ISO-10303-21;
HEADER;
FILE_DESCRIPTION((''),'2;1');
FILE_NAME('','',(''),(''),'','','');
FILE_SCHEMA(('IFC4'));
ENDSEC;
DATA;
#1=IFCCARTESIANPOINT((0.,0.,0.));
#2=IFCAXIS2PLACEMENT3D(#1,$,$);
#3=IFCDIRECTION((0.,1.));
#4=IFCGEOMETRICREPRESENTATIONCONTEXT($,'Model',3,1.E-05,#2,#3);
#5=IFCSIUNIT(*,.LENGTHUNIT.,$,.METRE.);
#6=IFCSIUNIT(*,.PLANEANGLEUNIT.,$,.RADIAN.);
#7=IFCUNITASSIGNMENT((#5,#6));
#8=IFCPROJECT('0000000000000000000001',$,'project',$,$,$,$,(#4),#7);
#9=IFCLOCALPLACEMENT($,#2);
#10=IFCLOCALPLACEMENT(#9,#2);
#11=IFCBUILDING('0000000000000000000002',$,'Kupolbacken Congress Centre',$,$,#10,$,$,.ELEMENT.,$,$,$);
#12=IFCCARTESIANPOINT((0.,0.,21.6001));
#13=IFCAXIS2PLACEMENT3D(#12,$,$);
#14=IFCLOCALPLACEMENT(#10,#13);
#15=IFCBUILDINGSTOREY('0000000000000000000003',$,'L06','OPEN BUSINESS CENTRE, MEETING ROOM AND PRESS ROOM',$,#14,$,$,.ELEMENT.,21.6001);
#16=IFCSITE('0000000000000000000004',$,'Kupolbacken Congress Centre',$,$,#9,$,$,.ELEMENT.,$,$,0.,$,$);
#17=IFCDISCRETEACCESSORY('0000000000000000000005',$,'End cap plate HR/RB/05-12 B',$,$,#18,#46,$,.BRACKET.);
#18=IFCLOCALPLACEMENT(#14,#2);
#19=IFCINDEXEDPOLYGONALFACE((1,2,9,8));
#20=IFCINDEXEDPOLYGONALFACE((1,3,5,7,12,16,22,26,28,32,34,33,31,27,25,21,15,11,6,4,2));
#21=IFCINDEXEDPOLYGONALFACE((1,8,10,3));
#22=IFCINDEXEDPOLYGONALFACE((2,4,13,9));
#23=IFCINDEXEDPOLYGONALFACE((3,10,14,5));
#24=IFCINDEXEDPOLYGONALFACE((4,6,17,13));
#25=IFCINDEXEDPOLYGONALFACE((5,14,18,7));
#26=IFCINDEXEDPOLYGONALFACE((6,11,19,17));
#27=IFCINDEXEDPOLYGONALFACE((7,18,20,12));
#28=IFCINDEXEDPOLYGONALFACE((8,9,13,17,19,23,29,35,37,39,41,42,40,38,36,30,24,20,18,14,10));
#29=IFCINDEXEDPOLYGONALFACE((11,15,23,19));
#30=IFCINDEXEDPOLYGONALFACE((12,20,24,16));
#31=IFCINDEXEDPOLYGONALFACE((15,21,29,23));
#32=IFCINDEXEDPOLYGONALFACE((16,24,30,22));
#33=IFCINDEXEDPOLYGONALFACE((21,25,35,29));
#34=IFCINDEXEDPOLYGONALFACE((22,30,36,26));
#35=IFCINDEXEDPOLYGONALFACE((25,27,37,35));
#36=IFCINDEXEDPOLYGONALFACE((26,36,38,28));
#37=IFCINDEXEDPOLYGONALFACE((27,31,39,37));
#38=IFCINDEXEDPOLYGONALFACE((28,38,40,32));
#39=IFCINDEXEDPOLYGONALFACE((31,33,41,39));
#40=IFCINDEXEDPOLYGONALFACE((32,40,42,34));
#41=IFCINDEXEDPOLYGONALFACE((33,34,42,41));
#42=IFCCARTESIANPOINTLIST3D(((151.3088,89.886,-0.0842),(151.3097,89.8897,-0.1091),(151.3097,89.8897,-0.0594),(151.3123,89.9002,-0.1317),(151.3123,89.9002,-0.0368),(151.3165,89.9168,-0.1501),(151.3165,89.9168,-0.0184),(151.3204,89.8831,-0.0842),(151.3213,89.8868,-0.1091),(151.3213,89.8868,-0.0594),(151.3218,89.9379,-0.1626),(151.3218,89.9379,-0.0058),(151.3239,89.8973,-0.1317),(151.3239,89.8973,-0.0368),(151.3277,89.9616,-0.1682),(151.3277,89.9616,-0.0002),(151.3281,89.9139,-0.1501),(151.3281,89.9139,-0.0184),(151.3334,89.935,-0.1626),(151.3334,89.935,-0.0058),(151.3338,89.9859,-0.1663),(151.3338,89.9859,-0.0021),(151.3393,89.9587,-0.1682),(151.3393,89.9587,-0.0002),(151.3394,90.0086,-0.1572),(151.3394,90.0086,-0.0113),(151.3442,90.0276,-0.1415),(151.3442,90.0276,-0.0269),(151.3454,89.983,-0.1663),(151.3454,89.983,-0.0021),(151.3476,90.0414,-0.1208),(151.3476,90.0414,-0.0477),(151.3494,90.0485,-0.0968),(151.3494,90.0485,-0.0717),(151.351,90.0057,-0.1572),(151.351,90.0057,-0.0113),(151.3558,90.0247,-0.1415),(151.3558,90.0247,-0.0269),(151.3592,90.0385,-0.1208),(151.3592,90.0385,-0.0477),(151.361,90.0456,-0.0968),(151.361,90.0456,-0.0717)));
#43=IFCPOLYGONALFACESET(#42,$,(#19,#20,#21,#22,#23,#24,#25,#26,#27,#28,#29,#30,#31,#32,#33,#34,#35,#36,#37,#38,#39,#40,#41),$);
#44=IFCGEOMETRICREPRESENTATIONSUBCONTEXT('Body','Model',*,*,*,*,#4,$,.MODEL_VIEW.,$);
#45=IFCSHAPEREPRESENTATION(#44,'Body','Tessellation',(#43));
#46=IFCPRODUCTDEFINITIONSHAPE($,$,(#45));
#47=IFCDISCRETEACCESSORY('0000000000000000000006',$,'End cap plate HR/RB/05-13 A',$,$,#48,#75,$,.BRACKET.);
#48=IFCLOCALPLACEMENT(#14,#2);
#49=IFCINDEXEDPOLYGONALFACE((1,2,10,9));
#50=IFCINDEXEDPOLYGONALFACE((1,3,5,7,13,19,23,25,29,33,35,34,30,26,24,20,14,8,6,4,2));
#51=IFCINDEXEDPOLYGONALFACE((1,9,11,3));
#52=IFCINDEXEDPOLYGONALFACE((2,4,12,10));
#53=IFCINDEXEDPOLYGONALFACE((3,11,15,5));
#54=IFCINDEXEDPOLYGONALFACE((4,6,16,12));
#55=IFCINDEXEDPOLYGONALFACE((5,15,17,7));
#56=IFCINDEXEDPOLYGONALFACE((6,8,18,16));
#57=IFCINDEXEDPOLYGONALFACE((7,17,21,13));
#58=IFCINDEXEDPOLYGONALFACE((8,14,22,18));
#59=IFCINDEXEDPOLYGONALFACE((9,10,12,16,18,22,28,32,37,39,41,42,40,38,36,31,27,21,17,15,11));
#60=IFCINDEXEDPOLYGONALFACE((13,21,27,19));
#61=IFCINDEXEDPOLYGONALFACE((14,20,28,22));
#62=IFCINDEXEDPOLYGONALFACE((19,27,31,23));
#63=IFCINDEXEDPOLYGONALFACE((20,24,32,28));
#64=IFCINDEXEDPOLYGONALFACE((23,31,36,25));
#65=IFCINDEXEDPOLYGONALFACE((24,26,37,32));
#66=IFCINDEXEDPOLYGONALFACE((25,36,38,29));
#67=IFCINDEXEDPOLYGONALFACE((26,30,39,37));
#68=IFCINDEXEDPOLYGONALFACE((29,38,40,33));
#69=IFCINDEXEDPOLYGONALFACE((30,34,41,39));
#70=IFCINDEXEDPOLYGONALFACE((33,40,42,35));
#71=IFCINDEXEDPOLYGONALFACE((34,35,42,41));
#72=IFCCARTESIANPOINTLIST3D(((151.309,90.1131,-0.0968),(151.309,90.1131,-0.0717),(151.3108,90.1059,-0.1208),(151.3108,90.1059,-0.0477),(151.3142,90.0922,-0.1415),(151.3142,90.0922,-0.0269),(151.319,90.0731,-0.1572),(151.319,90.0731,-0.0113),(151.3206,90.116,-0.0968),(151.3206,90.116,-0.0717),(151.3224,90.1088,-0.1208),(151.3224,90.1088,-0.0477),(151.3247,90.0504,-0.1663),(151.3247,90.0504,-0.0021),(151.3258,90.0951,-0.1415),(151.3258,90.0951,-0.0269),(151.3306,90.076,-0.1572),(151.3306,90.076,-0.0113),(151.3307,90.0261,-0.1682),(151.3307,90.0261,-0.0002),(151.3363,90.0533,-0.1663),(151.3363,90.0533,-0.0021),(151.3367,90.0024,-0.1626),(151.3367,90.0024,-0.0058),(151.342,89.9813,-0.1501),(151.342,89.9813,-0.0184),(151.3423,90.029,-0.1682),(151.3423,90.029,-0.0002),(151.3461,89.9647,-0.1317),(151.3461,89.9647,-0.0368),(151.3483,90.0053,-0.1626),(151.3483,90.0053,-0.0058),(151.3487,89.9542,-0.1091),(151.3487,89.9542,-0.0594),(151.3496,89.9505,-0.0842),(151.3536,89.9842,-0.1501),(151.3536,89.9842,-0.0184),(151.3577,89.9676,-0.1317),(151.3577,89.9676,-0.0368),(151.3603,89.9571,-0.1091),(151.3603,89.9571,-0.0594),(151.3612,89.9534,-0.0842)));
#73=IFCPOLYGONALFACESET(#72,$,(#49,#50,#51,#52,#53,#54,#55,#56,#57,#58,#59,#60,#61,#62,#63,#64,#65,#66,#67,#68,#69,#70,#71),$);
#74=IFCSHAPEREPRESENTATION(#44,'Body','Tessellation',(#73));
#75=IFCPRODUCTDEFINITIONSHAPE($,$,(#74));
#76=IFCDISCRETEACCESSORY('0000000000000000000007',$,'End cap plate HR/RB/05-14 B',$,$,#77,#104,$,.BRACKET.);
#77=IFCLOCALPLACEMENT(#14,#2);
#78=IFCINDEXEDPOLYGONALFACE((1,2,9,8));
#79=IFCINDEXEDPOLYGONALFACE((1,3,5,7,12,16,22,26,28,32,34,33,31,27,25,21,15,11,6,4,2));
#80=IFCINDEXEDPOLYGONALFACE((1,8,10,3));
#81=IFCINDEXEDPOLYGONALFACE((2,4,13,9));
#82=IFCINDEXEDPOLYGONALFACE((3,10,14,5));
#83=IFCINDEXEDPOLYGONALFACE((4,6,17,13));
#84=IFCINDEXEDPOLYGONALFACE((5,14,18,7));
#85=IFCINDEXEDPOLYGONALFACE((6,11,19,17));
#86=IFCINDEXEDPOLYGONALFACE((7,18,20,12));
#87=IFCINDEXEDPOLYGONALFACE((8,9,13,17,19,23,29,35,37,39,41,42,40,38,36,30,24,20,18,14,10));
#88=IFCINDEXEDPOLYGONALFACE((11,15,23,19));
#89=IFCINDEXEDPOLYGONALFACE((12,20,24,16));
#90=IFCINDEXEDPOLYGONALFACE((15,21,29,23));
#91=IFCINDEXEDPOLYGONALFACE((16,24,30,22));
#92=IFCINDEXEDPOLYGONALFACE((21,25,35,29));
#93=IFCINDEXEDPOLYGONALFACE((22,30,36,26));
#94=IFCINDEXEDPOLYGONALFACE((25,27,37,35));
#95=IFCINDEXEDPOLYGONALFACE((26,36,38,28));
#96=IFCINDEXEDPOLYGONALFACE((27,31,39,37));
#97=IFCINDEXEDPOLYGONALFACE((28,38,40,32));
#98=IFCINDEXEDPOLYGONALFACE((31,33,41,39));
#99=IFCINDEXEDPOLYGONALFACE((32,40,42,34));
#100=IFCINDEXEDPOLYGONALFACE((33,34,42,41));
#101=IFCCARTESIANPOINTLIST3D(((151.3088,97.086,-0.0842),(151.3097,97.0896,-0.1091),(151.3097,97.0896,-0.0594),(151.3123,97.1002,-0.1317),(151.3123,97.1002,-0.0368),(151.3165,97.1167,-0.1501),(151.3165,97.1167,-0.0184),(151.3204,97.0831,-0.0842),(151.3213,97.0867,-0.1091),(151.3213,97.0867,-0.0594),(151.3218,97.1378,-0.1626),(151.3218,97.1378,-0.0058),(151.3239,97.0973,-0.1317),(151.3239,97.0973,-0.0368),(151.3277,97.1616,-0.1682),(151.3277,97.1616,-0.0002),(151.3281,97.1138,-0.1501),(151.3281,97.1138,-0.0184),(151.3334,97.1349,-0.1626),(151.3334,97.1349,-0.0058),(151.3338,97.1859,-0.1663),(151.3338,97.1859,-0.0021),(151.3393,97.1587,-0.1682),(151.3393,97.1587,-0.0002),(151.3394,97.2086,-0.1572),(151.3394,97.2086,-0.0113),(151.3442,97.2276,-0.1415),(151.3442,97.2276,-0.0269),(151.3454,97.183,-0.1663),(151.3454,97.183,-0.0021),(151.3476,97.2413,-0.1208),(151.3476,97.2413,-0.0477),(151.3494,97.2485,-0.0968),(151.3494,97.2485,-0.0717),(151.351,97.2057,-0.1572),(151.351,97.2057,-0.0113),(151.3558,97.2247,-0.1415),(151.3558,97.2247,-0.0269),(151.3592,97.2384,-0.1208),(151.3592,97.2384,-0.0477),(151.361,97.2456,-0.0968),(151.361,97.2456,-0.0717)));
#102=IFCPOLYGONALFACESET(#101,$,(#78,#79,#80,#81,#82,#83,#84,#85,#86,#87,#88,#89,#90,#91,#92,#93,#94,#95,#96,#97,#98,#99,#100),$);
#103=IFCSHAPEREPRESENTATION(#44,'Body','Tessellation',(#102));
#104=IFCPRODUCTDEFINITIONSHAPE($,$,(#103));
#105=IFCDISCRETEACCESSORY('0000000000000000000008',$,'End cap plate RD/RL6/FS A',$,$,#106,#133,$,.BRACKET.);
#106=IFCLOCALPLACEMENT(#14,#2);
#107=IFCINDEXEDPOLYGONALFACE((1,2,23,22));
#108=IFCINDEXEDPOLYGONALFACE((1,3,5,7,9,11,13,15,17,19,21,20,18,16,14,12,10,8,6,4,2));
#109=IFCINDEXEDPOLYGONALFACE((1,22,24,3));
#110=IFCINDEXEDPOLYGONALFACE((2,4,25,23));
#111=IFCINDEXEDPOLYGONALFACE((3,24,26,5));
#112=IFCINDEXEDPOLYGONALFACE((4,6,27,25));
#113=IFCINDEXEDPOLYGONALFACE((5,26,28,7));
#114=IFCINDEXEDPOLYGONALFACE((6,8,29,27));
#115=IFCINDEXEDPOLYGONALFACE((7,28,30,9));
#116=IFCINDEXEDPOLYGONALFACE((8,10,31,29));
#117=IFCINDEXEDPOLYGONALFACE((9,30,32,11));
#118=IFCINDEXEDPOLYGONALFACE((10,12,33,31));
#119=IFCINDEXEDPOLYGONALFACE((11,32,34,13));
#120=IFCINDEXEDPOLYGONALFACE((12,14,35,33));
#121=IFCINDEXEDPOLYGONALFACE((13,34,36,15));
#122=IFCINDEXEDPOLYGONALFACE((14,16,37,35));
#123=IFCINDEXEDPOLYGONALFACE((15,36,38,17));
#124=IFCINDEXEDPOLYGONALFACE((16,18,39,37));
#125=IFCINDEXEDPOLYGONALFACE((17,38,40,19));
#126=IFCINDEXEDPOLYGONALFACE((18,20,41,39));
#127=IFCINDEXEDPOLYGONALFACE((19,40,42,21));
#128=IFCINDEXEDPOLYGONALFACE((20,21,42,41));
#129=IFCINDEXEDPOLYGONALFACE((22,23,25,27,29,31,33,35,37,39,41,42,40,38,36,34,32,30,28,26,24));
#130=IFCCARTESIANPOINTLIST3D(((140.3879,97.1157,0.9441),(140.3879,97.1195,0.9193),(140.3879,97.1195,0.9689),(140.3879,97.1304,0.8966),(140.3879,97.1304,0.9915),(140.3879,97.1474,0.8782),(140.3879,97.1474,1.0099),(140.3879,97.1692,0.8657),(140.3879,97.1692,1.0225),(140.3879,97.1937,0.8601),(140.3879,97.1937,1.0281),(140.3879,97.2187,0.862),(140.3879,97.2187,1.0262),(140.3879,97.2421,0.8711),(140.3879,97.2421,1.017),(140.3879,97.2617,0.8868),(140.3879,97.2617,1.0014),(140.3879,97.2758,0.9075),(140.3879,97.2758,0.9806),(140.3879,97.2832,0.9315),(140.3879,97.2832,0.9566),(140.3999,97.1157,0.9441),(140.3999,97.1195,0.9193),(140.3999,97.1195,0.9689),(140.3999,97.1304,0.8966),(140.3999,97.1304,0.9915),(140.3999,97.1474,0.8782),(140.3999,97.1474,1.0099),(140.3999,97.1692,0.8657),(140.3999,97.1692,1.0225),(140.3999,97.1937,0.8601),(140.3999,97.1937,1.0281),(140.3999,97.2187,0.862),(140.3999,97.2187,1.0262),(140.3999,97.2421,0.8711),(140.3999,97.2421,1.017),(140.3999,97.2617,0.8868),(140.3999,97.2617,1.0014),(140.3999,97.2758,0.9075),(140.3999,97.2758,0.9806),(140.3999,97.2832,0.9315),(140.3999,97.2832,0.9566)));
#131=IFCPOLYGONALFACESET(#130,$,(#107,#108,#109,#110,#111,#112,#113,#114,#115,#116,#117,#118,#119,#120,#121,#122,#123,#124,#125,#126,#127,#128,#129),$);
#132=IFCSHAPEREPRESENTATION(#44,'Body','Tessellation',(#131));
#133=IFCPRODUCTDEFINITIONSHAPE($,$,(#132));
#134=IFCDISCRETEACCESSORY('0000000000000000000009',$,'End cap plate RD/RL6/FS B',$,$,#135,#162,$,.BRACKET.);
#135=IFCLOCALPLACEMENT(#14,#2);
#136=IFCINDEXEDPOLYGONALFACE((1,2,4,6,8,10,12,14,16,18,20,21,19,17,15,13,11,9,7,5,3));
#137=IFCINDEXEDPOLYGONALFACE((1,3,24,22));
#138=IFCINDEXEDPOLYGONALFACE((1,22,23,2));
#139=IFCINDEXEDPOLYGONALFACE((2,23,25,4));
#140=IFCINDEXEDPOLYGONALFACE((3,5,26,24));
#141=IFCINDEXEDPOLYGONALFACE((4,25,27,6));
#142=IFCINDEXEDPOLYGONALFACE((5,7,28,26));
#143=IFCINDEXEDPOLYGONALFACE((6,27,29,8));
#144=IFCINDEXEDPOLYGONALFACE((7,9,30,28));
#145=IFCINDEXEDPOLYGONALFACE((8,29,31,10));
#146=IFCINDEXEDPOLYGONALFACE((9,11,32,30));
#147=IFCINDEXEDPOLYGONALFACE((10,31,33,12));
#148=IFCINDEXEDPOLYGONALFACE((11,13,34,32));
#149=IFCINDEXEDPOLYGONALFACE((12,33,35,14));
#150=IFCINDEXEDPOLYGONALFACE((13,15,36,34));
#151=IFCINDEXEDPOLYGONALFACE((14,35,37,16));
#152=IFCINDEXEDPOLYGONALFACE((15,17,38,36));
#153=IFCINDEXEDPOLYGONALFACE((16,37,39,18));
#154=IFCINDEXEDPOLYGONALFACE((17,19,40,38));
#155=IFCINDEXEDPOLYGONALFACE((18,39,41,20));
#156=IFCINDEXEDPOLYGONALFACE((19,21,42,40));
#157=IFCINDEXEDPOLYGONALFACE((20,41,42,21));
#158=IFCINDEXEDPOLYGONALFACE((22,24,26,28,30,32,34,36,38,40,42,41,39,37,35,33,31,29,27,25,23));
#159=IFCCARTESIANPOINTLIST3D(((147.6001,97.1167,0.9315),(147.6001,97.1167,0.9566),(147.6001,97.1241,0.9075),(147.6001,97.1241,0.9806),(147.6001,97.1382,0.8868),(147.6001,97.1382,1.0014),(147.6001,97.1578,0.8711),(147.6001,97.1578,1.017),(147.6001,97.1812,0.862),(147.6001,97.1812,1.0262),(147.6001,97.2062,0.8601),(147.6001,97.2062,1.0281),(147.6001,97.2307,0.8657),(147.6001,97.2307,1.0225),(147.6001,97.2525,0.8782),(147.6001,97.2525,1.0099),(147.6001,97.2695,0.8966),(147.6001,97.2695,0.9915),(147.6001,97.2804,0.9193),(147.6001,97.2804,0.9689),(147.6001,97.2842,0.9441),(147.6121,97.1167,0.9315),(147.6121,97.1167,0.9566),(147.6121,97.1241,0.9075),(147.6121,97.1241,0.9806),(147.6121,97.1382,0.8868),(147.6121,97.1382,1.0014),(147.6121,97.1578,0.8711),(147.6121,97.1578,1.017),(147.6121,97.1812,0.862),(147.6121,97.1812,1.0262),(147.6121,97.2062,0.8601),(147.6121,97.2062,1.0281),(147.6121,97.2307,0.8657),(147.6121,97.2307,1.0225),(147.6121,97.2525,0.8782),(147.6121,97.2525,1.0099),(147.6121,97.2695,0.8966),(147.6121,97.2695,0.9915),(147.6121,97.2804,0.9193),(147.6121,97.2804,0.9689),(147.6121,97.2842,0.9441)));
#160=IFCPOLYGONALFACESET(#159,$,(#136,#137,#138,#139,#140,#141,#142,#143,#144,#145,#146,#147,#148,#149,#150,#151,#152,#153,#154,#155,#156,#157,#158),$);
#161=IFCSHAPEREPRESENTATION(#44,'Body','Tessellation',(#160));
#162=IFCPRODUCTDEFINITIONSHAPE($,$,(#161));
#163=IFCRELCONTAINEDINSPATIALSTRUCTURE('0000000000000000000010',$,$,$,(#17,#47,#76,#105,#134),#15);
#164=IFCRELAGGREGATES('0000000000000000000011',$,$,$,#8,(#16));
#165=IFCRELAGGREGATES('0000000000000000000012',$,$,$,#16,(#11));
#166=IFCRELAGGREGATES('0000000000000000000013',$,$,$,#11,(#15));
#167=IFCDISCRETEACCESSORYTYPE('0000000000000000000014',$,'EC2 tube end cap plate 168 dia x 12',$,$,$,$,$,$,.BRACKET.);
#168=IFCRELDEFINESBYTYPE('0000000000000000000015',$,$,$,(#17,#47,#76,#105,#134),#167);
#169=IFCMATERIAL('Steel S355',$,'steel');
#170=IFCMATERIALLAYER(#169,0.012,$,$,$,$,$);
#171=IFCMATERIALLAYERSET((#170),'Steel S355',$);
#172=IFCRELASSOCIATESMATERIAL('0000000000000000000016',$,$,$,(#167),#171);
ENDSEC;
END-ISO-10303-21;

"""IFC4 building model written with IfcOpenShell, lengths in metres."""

from ifc_helpers import new_model, si_unit, direction, frame, origin, origin_2d, place, context, subcontext, project, spatial, circle, extrude, material, layer, layer_set, type_object, element, save


model = new_model("IFC4")

# Units and contexts
model_context = context("Model", 3, precision=1e-05, world=origin(), true_north=direction((0.0, 1.0)))
body_context = subcontext(model_context, "Body", "Model", "MODEL_VIEW")
ifc_project = project(units=[si_unit("LENGTHUNIT", "METRE"), si_unit("PLANEANGLEUNIT", "RADIAN")], contexts=[model_context])

# Site, building, storey
site_placement = place(None, origin())
site = spatial("IfcSite", under=ifc_project, at=site_placement, Name="Kupolbacken Congress Centre", CompositionType="ELEMENT", RefElevation=0.0)
building_placement = place(site_placement, origin())
building = spatial("IfcBuilding", under=site, at=building_placement, Name="Kupolbacken Congress Centre", CompositionType="ELEMENT")
storey_placement = place(building_placement, frame((0.0, 0.0, 21.6001)))
storey = spatial("IfcBuildingStorey", under=building, at=storey_placement, Name="L06", Description="OPEN BUSINESS CENTRE, MEETING ROOM AND PRESS ROOM", CompositionType="ELEMENT", Elevation=21.6001)

# Discrete accessories
ifc_material_1 = material(Name="Steel S355", Category="steel")
ifc_layer_1 = layer(ifc_material_1, 0.012)
ifc_layer_set_1 = layer_set([ifc_layer_1], Name="Steel S355")
discrete_accessory_type = type_object("IfcDiscreteAccessoryType", Name="EC2 tube end cap plate 168 dia x 12", PredefinedType="BRACKET", material=ifc_layer_set_1)
for number, where, z_axis, x_axis, name in (
    (1, (151.3408, 89.9648, -0.0842), (-0.970143, 0.242536, 0.0), (-0.242536, -0.970143, 0.0), "End cap plate HR/RB/05-12 B"),
    (2, (151.3408, 90.0352, -0.0842), (-0.970143, -0.242536, 0.0), (0.242536, -0.970143, 0.0), "End cap plate HR/RB/05-13 A"),
    (3, (151.3408, 97.1648, -0.0842), (-0.970143, 0.242536, 0.0), (-0.242536, -0.970143, 0.0), "End cap plate HR/RB/05-14 B"),
    (4, (140.3999, 97.2, 0.9441), (-1.0, 0.0, 0.0), (0.0, -1.0, 0.0), "End cap plate RD/RL6/FS A"),
    (5, (147.6001, 97.2, 0.9441), (1.0, 0.0, 0.0), (0.0, 1.0, 0.0), "End cap plate RD/RL6/FS B"),
):
    element("IfcDiscreteAccessory", number, at=place(storey_placement, frame(where, z_axis=z_axis, x_axis=x_axis)), inside=storey, type_object=discrete_accessory_type, Name=name, PredefinedType="BRACKET", context=body_context, shape_type="SweptSolid", body=[
        extrude(circle(Radius=0.0842, at=origin_2d()), origin(), (0.0, 0.0, 1.0), 0.012),
    ])

save(model, "model.ifc")
